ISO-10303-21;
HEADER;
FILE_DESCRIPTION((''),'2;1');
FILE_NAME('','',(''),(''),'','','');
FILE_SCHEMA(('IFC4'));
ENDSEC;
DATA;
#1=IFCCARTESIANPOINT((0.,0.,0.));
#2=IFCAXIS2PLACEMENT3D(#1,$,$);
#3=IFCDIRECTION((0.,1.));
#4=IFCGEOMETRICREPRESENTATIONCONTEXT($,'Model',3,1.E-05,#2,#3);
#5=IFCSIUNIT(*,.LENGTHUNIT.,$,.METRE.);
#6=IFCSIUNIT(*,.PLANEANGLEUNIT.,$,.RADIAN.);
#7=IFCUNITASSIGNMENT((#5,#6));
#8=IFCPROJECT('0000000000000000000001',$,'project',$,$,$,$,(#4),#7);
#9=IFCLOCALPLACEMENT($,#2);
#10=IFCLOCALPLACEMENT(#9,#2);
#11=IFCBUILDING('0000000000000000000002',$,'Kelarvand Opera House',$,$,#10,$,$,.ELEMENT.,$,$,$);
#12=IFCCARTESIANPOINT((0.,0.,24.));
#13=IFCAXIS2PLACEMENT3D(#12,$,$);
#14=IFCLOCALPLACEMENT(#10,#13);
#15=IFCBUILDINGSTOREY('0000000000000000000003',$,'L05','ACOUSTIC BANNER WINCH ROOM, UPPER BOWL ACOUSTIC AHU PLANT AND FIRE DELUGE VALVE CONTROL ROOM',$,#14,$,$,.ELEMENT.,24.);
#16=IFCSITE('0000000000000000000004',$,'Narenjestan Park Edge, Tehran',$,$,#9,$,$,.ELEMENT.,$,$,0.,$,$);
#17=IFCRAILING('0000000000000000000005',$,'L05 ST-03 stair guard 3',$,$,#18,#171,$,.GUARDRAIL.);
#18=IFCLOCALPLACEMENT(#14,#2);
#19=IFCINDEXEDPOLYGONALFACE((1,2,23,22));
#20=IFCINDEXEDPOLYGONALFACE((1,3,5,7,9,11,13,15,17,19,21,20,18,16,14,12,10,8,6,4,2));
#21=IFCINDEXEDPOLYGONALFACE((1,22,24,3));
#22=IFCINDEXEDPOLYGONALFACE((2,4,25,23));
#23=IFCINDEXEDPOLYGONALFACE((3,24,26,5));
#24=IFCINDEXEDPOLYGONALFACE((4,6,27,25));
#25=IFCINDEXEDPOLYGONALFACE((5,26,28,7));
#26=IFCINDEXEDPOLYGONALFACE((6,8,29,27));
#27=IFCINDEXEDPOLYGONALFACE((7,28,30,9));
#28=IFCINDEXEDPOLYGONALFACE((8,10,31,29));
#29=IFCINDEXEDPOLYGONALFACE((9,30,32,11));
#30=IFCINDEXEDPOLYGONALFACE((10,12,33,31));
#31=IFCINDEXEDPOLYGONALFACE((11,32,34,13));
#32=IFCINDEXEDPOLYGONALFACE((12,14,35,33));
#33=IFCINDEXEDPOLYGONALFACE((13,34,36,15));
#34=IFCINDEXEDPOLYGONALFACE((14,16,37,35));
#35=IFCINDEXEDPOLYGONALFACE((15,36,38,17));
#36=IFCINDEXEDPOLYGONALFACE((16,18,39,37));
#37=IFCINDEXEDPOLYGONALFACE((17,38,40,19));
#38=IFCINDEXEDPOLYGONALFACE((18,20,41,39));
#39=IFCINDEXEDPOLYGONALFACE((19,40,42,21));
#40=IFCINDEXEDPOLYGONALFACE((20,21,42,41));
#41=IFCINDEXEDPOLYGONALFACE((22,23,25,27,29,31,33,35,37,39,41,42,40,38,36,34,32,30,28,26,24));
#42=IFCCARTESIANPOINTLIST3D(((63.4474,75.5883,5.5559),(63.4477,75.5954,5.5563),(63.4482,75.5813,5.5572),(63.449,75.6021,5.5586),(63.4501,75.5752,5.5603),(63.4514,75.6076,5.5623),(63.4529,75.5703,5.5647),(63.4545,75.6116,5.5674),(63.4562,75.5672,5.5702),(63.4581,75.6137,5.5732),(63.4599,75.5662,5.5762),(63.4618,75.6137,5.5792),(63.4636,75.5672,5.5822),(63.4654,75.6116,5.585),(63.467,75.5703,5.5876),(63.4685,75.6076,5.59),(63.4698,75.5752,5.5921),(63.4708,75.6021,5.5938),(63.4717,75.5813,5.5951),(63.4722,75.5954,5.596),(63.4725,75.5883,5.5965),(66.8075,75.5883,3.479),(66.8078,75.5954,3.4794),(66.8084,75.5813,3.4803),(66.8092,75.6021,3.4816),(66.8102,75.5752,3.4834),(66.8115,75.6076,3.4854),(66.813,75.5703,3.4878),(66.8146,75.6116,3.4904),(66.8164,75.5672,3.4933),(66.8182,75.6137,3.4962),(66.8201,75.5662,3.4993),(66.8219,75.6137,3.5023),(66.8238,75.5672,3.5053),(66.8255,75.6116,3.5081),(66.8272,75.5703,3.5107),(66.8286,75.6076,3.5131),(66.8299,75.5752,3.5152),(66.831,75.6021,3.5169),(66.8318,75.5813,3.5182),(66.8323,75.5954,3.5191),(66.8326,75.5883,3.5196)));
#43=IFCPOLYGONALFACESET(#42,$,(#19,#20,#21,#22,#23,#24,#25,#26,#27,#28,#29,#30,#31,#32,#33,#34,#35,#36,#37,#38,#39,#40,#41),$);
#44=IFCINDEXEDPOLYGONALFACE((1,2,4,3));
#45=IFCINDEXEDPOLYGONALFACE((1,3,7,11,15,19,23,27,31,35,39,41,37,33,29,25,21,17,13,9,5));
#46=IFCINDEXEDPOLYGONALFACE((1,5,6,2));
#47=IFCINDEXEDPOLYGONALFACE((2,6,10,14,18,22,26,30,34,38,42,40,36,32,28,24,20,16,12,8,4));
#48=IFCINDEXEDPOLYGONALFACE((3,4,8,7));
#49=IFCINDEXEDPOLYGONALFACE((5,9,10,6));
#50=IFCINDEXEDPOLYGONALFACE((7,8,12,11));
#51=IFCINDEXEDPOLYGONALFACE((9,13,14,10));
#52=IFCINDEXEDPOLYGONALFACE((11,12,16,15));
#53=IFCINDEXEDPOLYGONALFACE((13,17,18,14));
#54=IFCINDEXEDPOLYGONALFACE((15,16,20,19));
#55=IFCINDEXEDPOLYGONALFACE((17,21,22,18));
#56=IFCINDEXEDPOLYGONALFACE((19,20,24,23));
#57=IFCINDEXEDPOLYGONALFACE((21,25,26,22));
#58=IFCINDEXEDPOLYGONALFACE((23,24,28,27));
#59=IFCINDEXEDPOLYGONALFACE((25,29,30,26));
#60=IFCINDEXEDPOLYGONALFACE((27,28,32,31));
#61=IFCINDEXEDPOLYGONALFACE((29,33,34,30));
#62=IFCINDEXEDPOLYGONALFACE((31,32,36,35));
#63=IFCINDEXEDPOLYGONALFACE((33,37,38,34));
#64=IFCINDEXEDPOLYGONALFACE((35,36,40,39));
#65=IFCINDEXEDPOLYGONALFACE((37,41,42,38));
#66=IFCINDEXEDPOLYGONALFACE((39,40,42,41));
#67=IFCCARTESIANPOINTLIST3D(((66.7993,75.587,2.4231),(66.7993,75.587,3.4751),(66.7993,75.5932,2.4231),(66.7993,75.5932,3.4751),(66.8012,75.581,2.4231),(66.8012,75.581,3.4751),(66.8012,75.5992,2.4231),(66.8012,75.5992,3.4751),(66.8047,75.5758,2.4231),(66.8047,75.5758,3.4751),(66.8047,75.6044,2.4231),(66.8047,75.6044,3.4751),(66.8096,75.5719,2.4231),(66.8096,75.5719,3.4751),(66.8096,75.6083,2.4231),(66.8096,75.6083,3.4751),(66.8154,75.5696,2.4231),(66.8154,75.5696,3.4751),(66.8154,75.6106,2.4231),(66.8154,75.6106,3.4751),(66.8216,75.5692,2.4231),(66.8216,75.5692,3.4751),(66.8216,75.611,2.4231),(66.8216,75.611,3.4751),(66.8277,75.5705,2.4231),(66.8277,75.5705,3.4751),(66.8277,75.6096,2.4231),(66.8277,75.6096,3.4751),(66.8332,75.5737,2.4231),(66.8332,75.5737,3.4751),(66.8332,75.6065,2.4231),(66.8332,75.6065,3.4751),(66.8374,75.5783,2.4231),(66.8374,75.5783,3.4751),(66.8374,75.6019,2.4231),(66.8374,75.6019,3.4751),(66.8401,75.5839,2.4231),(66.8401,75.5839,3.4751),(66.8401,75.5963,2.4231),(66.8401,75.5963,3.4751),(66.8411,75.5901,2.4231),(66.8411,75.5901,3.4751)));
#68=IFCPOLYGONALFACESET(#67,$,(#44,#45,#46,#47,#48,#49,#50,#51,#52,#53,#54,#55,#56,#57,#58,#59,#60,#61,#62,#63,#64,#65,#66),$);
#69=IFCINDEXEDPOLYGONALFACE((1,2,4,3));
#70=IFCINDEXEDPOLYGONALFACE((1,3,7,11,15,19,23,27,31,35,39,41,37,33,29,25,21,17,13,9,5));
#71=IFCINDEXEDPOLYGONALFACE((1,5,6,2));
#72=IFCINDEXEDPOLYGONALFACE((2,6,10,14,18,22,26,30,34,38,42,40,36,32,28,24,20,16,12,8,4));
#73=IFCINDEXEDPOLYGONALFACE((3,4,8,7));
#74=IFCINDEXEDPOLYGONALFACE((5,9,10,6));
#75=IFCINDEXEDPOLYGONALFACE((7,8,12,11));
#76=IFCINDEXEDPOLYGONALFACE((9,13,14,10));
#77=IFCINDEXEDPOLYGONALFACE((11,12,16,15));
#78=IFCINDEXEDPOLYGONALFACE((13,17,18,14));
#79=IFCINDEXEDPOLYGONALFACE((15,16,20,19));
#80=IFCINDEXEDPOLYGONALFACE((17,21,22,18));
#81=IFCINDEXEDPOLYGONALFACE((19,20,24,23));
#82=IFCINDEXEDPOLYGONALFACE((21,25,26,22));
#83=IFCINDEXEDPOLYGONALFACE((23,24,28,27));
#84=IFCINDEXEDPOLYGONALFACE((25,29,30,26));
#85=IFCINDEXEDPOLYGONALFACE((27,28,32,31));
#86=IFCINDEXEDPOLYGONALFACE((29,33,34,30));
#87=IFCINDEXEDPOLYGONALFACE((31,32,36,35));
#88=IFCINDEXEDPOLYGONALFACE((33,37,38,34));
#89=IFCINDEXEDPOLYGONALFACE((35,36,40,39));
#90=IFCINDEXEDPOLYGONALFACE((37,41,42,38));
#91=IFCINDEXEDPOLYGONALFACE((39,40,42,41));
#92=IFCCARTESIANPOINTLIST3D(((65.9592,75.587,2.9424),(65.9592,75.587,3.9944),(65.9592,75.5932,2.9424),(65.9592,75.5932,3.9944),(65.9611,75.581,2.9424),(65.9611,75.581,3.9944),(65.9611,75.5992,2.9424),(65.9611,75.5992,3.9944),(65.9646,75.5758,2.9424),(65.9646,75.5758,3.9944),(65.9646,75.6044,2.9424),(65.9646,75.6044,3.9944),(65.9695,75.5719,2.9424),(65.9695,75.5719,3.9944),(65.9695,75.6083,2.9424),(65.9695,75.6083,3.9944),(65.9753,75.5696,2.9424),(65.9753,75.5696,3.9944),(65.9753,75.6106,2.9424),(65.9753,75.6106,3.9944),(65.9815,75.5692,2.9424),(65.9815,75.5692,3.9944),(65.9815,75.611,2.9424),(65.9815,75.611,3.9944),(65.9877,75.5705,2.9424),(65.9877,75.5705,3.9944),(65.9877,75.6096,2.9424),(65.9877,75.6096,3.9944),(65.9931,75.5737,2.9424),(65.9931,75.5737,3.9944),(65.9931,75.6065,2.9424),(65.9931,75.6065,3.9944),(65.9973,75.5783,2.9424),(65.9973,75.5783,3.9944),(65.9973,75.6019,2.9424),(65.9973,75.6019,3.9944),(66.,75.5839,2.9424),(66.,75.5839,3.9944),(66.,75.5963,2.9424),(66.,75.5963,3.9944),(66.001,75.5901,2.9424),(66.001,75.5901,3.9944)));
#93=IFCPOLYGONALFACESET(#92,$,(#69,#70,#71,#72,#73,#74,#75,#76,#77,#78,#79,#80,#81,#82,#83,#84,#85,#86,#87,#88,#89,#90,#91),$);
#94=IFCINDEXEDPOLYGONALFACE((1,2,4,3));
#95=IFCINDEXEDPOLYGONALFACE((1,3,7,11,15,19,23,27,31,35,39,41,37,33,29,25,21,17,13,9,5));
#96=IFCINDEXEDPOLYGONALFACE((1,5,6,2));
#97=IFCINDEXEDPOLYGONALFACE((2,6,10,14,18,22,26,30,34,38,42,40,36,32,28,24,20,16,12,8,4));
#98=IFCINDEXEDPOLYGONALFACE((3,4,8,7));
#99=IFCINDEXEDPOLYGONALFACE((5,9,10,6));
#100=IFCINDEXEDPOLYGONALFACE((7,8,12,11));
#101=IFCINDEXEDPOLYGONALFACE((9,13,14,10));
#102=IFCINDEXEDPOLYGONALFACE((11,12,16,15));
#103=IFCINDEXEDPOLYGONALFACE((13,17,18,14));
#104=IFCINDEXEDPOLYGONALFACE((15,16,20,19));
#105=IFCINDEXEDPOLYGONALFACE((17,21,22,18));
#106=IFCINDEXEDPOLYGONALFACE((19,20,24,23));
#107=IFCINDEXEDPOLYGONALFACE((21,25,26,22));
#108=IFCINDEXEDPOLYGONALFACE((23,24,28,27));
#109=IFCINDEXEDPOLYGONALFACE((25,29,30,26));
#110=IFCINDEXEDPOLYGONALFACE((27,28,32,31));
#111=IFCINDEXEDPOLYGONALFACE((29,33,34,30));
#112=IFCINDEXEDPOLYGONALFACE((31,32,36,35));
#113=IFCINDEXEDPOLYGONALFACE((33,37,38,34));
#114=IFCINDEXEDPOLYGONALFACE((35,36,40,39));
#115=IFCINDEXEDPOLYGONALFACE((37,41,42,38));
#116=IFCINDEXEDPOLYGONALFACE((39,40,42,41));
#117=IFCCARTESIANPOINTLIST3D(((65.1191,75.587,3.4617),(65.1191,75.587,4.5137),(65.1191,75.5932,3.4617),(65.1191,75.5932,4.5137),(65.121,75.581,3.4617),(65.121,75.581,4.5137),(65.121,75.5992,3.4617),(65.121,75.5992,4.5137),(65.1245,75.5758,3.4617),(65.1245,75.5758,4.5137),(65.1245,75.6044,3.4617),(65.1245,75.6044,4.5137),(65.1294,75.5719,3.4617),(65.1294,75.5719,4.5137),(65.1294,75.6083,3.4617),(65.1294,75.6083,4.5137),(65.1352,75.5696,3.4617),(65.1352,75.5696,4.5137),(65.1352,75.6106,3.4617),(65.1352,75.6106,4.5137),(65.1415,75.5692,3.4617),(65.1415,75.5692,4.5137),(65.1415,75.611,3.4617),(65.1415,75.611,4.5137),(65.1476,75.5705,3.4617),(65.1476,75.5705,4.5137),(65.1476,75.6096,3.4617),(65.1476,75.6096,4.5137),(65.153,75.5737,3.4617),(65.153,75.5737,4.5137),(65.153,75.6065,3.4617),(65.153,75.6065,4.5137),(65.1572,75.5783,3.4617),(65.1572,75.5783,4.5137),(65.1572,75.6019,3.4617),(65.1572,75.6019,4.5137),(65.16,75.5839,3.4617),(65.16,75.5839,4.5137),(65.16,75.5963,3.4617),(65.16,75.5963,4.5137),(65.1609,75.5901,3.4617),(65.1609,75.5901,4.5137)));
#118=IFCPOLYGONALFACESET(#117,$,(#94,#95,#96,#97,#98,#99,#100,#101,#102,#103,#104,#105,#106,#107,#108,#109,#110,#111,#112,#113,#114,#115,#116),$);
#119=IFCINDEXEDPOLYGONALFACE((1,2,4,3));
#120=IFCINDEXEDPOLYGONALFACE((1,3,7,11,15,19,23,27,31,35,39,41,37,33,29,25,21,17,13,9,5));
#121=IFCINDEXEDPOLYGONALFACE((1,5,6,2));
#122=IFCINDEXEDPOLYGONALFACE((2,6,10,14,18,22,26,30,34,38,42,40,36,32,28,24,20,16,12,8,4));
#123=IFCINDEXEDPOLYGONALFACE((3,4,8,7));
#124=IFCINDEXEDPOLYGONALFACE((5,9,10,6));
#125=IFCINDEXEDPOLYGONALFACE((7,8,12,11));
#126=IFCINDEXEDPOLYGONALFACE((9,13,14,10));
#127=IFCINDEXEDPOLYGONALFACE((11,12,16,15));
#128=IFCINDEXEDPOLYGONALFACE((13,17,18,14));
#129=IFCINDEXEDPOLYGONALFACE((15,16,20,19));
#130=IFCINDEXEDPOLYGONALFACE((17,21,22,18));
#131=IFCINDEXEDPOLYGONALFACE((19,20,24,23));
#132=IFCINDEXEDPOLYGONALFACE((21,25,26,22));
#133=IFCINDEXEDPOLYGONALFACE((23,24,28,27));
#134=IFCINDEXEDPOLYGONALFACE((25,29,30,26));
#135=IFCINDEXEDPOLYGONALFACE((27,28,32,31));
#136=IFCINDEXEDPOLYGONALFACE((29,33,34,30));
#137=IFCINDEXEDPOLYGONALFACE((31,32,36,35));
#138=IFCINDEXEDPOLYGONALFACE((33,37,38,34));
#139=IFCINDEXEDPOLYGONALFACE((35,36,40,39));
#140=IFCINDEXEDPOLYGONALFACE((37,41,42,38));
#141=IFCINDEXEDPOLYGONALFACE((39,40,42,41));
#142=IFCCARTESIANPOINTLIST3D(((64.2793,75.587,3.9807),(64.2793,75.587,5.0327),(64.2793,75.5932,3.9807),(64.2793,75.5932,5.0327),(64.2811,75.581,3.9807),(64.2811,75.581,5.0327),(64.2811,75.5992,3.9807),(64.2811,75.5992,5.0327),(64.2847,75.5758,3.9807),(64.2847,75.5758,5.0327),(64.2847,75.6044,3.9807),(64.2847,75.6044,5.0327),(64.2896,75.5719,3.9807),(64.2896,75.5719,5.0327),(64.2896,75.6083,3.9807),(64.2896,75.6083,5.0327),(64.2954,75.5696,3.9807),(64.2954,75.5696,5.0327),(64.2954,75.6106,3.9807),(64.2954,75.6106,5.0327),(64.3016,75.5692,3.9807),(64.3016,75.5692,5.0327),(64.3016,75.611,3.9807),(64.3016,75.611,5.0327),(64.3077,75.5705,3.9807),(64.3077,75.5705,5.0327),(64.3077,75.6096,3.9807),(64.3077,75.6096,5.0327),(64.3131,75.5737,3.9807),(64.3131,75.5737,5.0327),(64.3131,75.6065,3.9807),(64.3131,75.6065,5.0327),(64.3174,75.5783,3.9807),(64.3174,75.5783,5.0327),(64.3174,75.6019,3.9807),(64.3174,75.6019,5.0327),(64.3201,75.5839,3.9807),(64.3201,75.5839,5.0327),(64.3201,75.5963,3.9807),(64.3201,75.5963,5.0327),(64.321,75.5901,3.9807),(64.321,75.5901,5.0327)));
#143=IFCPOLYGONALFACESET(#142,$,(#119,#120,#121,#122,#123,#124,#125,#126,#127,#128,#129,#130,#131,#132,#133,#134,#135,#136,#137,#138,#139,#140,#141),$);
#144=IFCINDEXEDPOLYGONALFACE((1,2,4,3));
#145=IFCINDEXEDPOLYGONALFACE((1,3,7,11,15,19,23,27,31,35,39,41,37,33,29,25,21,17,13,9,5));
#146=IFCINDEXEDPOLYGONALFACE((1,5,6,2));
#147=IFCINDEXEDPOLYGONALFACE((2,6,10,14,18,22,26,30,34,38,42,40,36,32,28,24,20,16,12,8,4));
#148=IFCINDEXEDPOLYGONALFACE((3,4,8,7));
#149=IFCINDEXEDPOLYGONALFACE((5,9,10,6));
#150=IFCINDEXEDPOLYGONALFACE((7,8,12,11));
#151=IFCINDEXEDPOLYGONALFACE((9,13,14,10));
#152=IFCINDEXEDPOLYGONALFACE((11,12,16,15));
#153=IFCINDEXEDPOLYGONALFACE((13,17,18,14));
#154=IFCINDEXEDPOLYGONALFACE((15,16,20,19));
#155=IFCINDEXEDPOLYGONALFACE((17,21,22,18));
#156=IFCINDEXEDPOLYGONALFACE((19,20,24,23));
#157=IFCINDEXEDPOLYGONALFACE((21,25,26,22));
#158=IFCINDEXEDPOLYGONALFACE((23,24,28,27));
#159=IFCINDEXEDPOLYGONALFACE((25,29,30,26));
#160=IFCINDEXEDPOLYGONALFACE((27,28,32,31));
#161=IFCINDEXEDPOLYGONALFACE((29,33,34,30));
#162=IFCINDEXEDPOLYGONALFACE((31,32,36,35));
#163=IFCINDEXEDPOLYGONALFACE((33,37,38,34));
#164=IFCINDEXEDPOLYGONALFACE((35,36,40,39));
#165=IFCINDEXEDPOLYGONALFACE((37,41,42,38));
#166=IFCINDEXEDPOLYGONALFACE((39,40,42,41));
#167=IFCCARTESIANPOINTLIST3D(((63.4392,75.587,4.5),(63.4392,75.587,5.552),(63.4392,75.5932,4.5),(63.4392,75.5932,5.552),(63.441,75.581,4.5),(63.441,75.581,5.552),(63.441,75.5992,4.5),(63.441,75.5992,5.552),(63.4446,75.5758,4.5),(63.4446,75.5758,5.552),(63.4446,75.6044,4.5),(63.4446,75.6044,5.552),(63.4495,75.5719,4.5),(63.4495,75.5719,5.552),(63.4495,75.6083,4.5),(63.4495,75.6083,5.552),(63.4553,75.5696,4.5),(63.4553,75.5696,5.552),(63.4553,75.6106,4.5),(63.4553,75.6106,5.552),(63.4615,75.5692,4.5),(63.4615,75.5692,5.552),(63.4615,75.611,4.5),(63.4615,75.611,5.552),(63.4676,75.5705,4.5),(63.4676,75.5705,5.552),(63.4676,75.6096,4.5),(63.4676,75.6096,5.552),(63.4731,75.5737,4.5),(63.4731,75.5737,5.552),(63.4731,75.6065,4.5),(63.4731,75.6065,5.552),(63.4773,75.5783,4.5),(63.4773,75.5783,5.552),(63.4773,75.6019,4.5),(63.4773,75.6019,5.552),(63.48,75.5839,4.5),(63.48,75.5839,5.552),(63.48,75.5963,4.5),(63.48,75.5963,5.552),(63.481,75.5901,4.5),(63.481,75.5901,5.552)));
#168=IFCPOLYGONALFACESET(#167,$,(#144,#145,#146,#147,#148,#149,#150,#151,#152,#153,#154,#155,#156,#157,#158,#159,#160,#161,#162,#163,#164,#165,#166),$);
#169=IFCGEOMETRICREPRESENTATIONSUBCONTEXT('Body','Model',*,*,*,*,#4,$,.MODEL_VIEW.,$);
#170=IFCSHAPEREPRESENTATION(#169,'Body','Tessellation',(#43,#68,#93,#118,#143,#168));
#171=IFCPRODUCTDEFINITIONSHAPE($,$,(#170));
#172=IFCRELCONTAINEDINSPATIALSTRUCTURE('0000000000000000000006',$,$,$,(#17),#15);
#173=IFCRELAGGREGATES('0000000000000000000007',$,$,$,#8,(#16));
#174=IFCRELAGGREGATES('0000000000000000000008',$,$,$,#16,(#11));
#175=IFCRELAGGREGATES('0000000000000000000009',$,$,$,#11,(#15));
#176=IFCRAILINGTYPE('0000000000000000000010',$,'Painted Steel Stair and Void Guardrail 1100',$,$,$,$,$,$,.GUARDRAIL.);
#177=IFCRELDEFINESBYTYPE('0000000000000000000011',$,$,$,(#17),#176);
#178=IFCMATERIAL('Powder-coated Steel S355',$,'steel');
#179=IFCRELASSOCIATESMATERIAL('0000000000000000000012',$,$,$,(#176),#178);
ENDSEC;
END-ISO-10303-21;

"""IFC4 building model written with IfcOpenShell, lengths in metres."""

from ifc_helpers import new_model, si_unit, direction, frame, origin, origin_2d, place, context, subcontext, project, spatial, circle, extrude, material, type_object, element, save


model = new_model("IFC4")

# Units and contexts
model_context = context("Model", 3, precision=1e-05, world=origin(), true_north=direction((0.0, 1.0)))
body_context = subcontext(model_context, "Body", "Model", "MODEL_VIEW")
ifc_project = project(units=[si_unit("LENGTHUNIT", "METRE"), si_unit("PLANEANGLEUNIT", "RADIAN")], contexts=[model_context])

# Site, building, storey
site_placement = place(None, origin())
site = spatial("IfcSite", under=ifc_project, at=site_placement, Name="Narenjestan Park Edge, Tehran", CompositionType="ELEMENT", RefElevation=0.0)
building_placement = place(site_placement, origin())
building = spatial("IfcBuilding", under=site, at=building_placement, Name="Kelarvand Opera House", CompositionType="ELEMENT")
storey_placement = place(building_placement, frame((0.0, 0.0, 24.0)))
storey = spatial("IfcBuildingStorey", under=building, at=storey_placement, Name="L05", Description="ACOUSTIC BANNER WINCH ROOM, UPPER BOWL ACOUSTIC AHU PLANT AND FIRE DELUGE VALVE CONTROL ROOM", CompositionType="ELEMENT", Elevation=24.0)

# Railing
ifc_material_1 = material(Name="Powder-coated Steel S355", Category="steel")
railing_type_1 = type_object("IfcRailingType", Name="Painted Steel Stair and Void Guardrail 1100", PredefinedType="GUARDRAIL", material=ifc_material_1)
railing_1_placement = place(storey_placement, frame((66.8201, 75.5901, 2.4231)))
element("IfcRailing", 1, at=railing_1_placement, inside=storey, type_object=railing_type_1, Name="L05 ST-03 stair guard 3", PredefinedType="GUARDRAIL", context=body_context, shape_type="SweptSolid", body=[
    extrude(circle(Radius=0.0239, at=origin_2d()), frame((0.0, 0.0, 1.0762), z_axis=(-0.850623, 0.0, 0.525776), x_axis=(0.0, -1.0, 0.0)), (0.0, 0.0, 1.0), 3.9502),
    extrude(circle(Radius=0.021, at=origin_2d()), origin(), (0.0, 0.0, 1.0), 1.052),
    extrude(circle(Radius=0.021, at=origin_2d()), frame((-0.8401, 0.0, 0.5193)), (0.0, 0.0, 1.0), 1.052),
    extrude(circle(Radius=0.021, at=origin_2d()), frame((-1.6802, 0.0, 1.0386)), (0.0, 0.0, 1.0), 1.052),
    extrude(circle(Radius=0.021, at=origin_2d()), frame((-2.52, 0.0, 1.5576)), (0.0, 0.0, 1.0), 1.052),
    extrude(circle(Radius=0.021, at=origin_2d()), frame((-3.3601, 0.0, 2.0769)), (0.0, 0.0, 1.0), 1.052),
])

save(model, "model.ifc")
